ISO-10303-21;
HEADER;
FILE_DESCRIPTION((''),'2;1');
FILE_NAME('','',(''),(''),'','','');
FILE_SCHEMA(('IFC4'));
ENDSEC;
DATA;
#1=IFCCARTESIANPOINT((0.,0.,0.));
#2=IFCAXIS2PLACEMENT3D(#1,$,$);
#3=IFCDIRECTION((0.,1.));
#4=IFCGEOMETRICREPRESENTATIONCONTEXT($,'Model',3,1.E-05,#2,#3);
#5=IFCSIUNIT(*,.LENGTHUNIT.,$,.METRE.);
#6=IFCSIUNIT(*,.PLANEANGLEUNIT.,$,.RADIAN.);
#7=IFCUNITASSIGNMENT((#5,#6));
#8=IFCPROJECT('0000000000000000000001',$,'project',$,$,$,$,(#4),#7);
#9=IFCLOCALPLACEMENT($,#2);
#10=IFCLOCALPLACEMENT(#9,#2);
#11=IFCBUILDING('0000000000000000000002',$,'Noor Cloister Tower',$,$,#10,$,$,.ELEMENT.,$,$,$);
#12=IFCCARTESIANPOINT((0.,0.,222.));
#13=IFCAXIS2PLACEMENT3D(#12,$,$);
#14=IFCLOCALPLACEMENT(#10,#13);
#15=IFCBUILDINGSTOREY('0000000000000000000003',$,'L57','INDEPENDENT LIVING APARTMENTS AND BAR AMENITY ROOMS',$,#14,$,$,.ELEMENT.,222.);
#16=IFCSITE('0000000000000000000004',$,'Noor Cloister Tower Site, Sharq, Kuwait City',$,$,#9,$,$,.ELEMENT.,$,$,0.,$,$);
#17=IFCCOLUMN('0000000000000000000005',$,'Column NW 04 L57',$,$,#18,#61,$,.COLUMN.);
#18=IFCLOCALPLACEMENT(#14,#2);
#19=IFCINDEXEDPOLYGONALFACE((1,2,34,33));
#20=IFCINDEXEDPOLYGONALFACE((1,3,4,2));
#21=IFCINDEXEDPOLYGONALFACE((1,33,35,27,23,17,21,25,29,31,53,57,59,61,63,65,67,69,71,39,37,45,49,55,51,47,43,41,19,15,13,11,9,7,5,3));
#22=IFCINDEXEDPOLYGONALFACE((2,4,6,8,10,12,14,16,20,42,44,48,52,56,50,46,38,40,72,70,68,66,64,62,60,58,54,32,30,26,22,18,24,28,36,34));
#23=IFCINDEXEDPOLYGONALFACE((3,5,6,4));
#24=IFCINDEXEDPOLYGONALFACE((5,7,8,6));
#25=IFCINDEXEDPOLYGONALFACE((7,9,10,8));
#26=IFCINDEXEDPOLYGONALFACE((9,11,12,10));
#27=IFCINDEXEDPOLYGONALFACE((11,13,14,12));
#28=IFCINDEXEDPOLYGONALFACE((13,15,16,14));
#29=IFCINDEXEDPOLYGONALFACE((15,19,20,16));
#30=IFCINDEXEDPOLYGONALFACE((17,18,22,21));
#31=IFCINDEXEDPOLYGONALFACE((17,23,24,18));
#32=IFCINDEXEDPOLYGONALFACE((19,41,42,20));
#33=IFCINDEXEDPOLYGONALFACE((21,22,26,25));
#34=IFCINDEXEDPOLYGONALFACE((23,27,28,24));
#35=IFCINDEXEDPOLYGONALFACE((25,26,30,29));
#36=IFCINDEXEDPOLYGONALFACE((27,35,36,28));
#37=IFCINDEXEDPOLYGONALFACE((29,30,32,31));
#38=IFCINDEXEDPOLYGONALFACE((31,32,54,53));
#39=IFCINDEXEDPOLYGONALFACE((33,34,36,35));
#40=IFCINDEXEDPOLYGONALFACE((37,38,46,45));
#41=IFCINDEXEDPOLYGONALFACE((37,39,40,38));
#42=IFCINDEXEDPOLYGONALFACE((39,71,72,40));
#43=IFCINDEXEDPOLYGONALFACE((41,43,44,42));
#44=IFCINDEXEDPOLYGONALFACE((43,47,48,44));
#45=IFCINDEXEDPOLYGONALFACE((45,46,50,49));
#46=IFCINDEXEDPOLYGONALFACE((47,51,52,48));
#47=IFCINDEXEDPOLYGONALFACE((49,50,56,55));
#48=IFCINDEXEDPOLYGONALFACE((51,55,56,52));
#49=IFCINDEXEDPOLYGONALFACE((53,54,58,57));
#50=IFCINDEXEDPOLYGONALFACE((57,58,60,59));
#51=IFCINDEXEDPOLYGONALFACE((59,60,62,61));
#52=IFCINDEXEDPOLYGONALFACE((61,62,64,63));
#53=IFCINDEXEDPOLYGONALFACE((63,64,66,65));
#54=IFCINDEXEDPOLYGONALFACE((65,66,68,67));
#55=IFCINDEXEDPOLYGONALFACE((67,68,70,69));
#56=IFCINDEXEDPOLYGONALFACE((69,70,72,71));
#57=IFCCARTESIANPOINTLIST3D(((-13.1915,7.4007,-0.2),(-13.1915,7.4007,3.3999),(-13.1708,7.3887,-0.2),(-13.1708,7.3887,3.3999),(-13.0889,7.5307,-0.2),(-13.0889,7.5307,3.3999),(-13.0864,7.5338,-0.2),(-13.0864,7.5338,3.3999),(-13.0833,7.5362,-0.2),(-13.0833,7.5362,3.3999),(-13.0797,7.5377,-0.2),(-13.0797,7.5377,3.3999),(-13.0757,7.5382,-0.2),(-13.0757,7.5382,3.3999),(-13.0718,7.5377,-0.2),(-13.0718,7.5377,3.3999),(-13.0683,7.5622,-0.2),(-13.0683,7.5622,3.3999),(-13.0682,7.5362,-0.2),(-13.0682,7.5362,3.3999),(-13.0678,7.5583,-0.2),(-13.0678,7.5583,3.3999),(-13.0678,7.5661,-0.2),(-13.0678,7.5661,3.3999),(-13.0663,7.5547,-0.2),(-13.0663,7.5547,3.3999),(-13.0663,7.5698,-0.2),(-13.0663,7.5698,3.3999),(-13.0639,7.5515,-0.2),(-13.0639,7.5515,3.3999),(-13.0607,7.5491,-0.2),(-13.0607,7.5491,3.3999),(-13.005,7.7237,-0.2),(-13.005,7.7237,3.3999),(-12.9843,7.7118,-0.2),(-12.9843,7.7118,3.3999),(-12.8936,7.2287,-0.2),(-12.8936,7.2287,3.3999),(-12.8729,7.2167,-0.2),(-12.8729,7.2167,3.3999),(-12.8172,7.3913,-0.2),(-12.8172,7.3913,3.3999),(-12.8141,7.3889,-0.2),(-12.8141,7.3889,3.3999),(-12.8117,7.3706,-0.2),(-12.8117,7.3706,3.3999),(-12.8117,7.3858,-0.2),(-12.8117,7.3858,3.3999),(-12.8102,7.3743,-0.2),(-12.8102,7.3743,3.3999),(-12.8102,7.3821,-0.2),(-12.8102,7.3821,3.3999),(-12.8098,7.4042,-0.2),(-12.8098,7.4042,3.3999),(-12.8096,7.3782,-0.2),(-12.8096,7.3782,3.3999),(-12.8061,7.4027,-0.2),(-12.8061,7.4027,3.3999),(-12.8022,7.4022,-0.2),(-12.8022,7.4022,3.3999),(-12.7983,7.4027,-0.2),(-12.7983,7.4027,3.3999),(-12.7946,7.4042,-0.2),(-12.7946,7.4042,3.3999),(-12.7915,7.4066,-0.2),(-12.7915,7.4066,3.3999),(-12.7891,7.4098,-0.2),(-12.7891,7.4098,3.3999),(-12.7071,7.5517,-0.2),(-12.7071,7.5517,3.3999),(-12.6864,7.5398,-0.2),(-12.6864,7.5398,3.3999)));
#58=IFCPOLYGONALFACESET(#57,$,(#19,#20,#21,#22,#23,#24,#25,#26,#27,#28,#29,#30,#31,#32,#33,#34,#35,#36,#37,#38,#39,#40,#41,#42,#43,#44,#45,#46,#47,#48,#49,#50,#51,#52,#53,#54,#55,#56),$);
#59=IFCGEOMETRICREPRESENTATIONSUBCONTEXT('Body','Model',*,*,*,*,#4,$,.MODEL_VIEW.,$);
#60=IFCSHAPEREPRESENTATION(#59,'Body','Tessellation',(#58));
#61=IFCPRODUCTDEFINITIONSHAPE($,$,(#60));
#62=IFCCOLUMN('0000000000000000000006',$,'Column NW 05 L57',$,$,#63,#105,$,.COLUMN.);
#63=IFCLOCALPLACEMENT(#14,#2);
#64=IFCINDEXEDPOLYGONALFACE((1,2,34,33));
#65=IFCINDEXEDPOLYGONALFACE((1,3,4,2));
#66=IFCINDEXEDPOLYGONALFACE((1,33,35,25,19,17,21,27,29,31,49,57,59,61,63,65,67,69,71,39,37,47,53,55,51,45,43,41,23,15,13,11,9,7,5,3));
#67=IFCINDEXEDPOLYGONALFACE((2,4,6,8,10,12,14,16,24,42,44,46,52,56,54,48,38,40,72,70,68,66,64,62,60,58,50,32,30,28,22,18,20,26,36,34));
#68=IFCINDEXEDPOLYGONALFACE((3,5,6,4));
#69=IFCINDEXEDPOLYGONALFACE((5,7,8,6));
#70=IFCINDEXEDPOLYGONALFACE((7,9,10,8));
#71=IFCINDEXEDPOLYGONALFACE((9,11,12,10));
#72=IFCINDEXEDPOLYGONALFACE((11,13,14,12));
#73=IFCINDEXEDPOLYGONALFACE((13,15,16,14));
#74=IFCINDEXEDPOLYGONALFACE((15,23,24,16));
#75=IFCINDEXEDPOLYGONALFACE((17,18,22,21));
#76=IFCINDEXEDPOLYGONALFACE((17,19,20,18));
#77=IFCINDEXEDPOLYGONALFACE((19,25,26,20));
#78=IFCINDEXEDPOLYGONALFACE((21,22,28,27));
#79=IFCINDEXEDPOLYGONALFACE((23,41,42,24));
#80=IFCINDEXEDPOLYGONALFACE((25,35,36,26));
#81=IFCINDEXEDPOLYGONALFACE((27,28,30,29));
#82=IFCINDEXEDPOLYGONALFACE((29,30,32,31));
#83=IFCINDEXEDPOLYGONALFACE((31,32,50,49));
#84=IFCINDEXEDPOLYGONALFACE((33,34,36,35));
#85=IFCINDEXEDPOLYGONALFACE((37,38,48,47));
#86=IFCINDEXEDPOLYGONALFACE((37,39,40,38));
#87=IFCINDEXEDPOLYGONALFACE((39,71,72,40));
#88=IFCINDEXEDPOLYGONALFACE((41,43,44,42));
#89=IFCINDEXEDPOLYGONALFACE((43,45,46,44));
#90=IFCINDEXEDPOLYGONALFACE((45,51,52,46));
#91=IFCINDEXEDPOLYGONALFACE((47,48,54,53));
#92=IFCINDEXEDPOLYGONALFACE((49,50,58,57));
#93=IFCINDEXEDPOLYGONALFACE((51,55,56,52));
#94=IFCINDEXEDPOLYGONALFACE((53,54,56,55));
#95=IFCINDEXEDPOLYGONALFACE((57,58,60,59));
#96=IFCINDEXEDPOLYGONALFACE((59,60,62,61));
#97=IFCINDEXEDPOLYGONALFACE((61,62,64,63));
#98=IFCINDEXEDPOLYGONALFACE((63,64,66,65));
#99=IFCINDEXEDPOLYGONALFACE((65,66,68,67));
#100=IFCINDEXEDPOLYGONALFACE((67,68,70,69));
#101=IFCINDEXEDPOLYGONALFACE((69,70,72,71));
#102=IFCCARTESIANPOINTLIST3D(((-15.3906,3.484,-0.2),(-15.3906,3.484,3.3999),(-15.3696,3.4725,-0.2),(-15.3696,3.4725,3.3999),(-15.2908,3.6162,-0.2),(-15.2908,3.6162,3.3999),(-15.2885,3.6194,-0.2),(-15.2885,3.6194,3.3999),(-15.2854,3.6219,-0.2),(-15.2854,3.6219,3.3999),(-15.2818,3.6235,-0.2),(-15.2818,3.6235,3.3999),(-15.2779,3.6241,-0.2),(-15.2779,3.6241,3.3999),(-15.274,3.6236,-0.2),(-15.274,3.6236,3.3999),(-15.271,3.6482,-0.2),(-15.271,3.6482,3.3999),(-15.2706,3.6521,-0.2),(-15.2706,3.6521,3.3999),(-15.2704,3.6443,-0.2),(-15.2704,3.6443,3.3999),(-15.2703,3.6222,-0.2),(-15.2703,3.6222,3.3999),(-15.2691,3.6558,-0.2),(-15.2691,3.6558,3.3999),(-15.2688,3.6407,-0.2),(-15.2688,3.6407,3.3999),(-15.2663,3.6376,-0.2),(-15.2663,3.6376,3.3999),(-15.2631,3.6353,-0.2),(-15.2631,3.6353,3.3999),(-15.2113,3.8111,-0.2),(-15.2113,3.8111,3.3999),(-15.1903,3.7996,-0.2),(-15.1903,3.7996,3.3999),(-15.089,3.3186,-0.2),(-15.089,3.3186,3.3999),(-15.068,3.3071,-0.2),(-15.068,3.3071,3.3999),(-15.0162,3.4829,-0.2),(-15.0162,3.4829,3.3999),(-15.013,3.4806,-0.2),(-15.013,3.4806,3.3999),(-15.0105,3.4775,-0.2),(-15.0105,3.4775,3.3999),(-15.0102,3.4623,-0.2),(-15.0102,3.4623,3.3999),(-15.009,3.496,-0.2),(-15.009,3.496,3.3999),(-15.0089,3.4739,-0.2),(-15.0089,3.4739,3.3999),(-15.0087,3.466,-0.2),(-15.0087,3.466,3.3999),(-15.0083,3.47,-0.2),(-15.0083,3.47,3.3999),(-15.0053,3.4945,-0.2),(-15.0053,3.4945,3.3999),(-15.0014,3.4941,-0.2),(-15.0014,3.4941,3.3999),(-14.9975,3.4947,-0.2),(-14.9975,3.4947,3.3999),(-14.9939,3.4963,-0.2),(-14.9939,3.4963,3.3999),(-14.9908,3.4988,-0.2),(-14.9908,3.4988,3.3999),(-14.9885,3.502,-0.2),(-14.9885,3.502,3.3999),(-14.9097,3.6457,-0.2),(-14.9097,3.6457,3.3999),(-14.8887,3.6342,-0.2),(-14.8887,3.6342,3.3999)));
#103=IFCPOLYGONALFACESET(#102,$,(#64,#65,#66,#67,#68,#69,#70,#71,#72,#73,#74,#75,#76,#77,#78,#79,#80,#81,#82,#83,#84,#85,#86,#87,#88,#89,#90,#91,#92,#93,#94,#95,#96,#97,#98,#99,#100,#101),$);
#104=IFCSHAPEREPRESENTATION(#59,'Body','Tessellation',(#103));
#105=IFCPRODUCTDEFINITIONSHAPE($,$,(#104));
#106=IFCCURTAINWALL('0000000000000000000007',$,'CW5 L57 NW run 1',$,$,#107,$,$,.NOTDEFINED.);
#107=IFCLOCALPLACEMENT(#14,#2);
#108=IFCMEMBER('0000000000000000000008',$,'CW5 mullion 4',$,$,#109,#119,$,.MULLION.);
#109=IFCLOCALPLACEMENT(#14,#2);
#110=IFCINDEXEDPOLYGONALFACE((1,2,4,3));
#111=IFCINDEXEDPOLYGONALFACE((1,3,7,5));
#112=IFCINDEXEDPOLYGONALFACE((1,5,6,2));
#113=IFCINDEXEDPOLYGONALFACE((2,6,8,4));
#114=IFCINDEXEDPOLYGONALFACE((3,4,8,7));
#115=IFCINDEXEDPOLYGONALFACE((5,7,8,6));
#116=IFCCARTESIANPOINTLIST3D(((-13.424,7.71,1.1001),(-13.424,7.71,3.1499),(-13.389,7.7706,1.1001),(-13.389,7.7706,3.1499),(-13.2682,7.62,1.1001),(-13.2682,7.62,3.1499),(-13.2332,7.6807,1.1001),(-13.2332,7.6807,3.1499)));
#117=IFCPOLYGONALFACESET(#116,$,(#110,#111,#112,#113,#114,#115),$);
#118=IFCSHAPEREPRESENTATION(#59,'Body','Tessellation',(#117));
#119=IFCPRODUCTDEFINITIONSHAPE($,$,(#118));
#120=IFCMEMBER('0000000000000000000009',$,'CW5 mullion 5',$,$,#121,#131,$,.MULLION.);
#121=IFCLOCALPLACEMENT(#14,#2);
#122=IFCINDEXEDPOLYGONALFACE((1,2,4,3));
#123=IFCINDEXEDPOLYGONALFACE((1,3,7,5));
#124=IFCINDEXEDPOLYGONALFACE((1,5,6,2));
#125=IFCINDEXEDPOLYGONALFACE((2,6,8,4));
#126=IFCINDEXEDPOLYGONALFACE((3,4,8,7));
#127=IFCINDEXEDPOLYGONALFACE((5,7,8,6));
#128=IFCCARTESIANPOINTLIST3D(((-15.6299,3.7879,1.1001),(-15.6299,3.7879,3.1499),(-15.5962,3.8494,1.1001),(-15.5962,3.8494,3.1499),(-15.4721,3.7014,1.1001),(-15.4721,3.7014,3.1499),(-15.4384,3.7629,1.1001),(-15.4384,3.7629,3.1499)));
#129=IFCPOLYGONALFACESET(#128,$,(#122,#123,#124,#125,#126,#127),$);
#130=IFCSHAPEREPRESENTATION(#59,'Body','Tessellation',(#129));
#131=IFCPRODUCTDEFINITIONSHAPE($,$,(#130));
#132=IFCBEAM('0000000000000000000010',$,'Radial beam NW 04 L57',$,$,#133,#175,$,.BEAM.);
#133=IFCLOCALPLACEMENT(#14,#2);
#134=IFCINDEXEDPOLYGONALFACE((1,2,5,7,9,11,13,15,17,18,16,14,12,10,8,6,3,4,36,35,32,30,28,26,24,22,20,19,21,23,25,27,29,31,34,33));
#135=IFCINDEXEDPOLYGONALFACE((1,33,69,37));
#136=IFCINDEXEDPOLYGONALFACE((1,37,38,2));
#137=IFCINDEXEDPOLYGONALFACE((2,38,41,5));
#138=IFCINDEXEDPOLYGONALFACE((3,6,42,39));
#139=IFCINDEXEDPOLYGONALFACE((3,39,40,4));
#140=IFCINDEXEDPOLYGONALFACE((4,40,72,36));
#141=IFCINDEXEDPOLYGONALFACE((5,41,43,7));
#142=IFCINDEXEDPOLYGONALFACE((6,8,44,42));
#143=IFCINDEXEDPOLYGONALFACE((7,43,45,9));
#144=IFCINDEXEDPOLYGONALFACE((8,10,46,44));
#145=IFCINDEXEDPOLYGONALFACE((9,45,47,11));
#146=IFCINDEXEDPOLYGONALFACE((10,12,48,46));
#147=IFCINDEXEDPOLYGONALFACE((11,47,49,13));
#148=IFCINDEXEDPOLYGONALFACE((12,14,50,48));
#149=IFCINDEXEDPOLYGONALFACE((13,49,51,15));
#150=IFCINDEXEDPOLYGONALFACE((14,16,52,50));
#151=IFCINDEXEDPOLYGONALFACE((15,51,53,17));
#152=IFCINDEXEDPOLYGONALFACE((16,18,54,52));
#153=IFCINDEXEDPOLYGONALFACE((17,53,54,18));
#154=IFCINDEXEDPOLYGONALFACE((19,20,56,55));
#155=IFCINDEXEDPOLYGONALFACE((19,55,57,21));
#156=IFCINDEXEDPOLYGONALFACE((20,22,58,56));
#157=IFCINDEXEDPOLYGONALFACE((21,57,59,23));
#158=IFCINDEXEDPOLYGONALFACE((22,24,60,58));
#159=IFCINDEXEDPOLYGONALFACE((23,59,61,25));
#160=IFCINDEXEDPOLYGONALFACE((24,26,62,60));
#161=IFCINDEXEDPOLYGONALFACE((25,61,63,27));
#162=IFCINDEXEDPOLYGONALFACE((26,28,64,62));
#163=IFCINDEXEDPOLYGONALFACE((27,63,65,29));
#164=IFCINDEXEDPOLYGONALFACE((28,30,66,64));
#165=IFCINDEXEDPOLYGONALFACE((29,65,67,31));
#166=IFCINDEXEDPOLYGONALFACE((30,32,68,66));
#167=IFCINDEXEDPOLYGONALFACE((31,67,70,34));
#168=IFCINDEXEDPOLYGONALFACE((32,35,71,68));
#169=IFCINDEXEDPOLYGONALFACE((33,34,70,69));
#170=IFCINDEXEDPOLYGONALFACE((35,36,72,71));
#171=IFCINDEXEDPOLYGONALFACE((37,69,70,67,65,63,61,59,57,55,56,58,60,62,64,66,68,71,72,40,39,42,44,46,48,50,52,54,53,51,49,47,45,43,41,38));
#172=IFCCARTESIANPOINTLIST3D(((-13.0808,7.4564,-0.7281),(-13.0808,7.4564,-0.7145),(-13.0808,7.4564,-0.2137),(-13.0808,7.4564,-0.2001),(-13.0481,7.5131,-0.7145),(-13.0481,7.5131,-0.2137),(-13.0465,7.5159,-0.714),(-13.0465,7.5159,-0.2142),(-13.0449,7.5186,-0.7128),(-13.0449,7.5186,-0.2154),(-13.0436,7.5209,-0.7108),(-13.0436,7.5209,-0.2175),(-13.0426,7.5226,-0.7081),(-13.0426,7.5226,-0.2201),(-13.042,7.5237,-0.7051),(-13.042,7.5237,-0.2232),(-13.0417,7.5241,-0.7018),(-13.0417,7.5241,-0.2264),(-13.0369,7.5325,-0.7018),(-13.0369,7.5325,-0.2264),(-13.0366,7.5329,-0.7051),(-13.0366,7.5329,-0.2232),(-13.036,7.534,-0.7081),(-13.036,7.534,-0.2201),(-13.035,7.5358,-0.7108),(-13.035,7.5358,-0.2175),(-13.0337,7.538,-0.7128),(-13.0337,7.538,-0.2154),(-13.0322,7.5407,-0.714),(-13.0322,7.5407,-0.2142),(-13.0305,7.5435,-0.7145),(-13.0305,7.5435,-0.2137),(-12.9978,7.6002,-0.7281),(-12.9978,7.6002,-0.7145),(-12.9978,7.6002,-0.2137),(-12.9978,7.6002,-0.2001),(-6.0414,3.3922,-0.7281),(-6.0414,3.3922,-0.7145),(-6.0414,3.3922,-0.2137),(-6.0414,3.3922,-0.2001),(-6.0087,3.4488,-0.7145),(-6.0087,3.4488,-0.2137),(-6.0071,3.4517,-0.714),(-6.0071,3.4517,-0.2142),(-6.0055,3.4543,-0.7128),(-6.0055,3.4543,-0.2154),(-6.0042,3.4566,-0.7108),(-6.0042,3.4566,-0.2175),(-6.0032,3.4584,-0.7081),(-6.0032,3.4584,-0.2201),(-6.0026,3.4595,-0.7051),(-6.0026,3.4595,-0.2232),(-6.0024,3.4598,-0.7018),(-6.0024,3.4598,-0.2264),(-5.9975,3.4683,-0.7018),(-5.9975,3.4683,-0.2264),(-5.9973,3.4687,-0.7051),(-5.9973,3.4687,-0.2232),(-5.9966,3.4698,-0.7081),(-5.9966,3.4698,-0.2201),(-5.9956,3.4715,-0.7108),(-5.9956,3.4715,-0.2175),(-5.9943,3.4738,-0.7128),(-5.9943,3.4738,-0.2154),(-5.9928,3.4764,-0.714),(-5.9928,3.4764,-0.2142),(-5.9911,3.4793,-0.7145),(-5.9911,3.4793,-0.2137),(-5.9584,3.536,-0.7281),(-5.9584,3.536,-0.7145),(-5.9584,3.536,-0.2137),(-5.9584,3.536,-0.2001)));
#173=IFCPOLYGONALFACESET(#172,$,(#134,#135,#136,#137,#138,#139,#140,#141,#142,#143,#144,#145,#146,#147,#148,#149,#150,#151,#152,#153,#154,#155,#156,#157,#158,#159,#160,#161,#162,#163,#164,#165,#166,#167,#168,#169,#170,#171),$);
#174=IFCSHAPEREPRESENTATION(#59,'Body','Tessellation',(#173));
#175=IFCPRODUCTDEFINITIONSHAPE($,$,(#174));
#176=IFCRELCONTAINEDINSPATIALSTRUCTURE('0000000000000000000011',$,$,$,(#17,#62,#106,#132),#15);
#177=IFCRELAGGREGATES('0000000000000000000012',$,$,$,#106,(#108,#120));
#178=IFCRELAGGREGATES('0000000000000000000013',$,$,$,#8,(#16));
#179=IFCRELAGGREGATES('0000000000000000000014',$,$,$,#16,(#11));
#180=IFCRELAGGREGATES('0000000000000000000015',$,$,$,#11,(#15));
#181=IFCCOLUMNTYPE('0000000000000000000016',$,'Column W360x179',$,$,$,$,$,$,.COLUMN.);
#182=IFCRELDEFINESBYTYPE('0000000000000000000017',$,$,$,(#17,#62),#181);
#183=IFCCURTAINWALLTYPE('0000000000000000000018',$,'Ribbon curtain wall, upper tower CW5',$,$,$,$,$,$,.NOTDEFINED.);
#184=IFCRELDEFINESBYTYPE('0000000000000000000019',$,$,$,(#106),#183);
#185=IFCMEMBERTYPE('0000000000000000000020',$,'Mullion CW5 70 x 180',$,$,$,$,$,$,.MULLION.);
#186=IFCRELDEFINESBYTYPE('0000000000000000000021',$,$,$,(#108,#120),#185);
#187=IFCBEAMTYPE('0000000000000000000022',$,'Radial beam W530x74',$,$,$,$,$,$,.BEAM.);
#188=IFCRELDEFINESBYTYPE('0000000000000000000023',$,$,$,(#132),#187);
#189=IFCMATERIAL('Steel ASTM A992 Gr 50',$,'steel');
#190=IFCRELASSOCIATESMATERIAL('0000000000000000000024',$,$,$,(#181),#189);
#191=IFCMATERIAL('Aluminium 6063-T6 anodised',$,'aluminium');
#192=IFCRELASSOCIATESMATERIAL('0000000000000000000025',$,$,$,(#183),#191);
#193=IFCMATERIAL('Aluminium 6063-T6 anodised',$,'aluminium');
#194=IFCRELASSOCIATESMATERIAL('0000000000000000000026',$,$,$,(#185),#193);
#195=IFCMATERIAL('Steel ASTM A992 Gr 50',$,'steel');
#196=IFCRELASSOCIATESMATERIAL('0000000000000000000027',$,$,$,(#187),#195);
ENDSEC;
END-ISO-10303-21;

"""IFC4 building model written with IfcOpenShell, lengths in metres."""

from ifc_helpers import new_model, si_unit, direction, frame, origin, origin_2d, place, context, subcontext, project, spatial, rectangle, i_section, extrude, material, material_profile, profile_set, type_object, element, aggregate, save


model = new_model("IFC4")

# Units and contexts
model_context = context("Model", 3, precision=1e-05, world=origin(), true_north=direction((0.0, 1.0)))
body_context = subcontext(model_context, "Body", "Model", "MODEL_VIEW")
ifc_project = project(units=[si_unit("LENGTHUNIT", "METRE"), si_unit("PLANEANGLEUNIT", "RADIAN")], contexts=[model_context])

# Site, building, storey
site_placement = place(None, origin())
site = spatial("IfcSite", under=ifc_project, at=site_placement, Name="Noor Cloister Tower Site, Sharq, Kuwait City", CompositionType="ELEMENT", RefElevation=0.0)
building_placement = place(site_placement, origin())
building = spatial("IfcBuilding", under=site, at=building_placement, Name="Noor Cloister Tower", CompositionType="ELEMENT")
storey_placement = place(building_placement, frame((0.0, 0.0, 222.0)))
storey = spatial("IfcBuildingStorey", under=building, at=storey_placement, Name="L57", Description="INDEPENDENT LIVING APARTMENTS AND BAR AMENITY ROOMS", CompositionType="ELEMENT", Elevation=222.0)

# Columns
ifc_material_1 = material(Name="Steel ASTM A992 Gr 50", Category="steel")
ifc_material_profile_1 = material_profile(ifc_material_1, i_section(OverallWidth=0.373, OverallDepth=0.3679, WebThickness=0.0149, FlangeThickness=0.0239, FilletRadius=0.0151, at=origin_2d()), Name="W360x179")
ifc_profile_set_1 = profile_set([ifc_material_profile_1], Name="Steel ASTM A992 Gr 50")
column_type = type_object("IfcColumnType", Name="Column W360x179", PredefinedType="COLUMN", material=ifc_profile_set_1)
for number, where, z_axis, x_axis, name in (
    (1, (-12.939, 7.4702, -0.2), (0.0, 0.0, 1.0), (-0.5, -0.866025, 0.0), "Column NW 04 L57"),
    (2, (-15.1396, 3.5591, -0.2), (0.0, 0.0, 1.0), (-0.480711, -0.876879, 0.0), "Column NW 05 L57"),
):
    element("IfcColumn", number, at=place(storey_placement, frame(where, z_axis=z_axis, x_axis=x_axis)), inside=storey, type_object=column_type, Name=name, PredefinedType="COLUMN", context=body_context, shape_type="SweptSolid", body=[
        extrude(i_section(OverallWidth=0.373, OverallDepth=0.3679, WebThickness=0.0149, FlangeThickness=0.0239, FilletRadius=0.0151, at=origin_2d()), origin(), (0.0, 0.0, 1.0), 3.5999),
    ])

# Curtain wall, members
ifc_material_2 = material(Name="Aluminium 6063-T6 anodised", Category="aluminium")
curtain_wall_type = type_object("IfcCurtainWallType", Name="Ribbon curtain wall, upper tower CW5", PredefinedType="NOTDEFINED", material=ifc_material_2)
curtain_wall_placement = place(storey_placement, origin())
curtain_wall = element("IfcCurtainWall", 3, at=curtain_wall_placement, inside=storey, type_object=curtain_wall_type, Name="CW5 L57 NW run 1", PredefinedType="NOTDEFINED")
ifc_material_3 = material(Name="Aluminium 6063-T6 anodised", Category="aluminium")
ifc_material_profile_2 = material_profile(ifc_material_3, rectangle(XDim=0.1799, YDim=0.0701, at=origin_2d()), Name="180 x 70 mullion")
ifc_profile_set_2 = profile_set([ifc_material_profile_2], Name="Aluminium 6063-T6 anodised")
member_type = type_object("IfcMemberType", Name="Mullion CW5 70 x 180", PredefinedType="MULLION", material=ifc_profile_set_2)
member_1_placement = place(storey_placement, frame((-13.3286, 7.6953, 1.1001), z_axis=(0.0, 0.0, 1.0), x_axis=(0.866025, -0.5, 0.0)))
member_1 = element("IfcMember", 4, at=member_1_placement, type_object=member_type, Name="CW5 mullion 4", PredefinedType="MULLION", context=body_context, shape_type="SweptSolid", body=[
    extrude(rectangle(XDim=0.1799, YDim=0.0701, at=origin_2d()), origin(), (0.0, 0.0, 1.0), 2.0498),
])
member_2_placement = place(storey_placement, frame((-15.5342, 3.7754, 1.1001), z_axis=(0.0, 0.0, 1.0), x_axis=(0.876879, -0.480711, 0.0)))
member_2 = element("IfcMember", 5, at=member_2_placement, type_object=member_type, Name="CW5 mullion 5", PredefinedType="MULLION", context=body_context, shape_type="SweptSolid", body=[
    extrude(rectangle(XDim=0.1799, YDim=0.0701, at=origin_2d()), origin(), (0.0, 0.0, 1.0), 2.0498),
])

# Beam
ifc_material_4 = material(Name="Steel ASTM A992 Gr 50", Category="steel")
ifc_material_profile_3 = material_profile(ifc_material_4, i_section(OverallWidth=0.166, OverallDepth=0.5281, WebThickness=0.0098, FlangeThickness=0.0137, FilletRadius=0.0127, at=origin_2d()), Name="W530x74")
ifc_profile_set_3 = profile_set([ifc_material_profile_3], Name="Steel ASTM A992 Gr 50")
beam_type_1 = type_object("IfcBeamType", Name="Radial beam W530x74", PredefinedType="BEAM", material=ifc_profile_set_3)
beam_1_placement = place(storey_placement, frame((-13.0393, 7.5283, -0.4641), z_axis=(0.866022, -0.500006, 0.0), x_axis=(0.500006, 0.866022, 0.0)))
element("IfcBeam", 6, at=beam_1_placement, inside=storey, type_object=beam_type_1, Name="Radial beam NW 04 L57", PredefinedType="BEAM", context=body_context, shape_type="SweptSolid", body=[
    extrude(i_section(OverallWidth=0.166, OverallDepth=0.5281, WebThickness=0.0098, FlangeThickness=0.0137, FilletRadius=0.0127, at=origin_2d()), origin(), (0.0, 0.0, 1.0), 8.1284),
])

aggregate(curtain_wall, [member_1, member_2])

save(model, "model.ifc")
